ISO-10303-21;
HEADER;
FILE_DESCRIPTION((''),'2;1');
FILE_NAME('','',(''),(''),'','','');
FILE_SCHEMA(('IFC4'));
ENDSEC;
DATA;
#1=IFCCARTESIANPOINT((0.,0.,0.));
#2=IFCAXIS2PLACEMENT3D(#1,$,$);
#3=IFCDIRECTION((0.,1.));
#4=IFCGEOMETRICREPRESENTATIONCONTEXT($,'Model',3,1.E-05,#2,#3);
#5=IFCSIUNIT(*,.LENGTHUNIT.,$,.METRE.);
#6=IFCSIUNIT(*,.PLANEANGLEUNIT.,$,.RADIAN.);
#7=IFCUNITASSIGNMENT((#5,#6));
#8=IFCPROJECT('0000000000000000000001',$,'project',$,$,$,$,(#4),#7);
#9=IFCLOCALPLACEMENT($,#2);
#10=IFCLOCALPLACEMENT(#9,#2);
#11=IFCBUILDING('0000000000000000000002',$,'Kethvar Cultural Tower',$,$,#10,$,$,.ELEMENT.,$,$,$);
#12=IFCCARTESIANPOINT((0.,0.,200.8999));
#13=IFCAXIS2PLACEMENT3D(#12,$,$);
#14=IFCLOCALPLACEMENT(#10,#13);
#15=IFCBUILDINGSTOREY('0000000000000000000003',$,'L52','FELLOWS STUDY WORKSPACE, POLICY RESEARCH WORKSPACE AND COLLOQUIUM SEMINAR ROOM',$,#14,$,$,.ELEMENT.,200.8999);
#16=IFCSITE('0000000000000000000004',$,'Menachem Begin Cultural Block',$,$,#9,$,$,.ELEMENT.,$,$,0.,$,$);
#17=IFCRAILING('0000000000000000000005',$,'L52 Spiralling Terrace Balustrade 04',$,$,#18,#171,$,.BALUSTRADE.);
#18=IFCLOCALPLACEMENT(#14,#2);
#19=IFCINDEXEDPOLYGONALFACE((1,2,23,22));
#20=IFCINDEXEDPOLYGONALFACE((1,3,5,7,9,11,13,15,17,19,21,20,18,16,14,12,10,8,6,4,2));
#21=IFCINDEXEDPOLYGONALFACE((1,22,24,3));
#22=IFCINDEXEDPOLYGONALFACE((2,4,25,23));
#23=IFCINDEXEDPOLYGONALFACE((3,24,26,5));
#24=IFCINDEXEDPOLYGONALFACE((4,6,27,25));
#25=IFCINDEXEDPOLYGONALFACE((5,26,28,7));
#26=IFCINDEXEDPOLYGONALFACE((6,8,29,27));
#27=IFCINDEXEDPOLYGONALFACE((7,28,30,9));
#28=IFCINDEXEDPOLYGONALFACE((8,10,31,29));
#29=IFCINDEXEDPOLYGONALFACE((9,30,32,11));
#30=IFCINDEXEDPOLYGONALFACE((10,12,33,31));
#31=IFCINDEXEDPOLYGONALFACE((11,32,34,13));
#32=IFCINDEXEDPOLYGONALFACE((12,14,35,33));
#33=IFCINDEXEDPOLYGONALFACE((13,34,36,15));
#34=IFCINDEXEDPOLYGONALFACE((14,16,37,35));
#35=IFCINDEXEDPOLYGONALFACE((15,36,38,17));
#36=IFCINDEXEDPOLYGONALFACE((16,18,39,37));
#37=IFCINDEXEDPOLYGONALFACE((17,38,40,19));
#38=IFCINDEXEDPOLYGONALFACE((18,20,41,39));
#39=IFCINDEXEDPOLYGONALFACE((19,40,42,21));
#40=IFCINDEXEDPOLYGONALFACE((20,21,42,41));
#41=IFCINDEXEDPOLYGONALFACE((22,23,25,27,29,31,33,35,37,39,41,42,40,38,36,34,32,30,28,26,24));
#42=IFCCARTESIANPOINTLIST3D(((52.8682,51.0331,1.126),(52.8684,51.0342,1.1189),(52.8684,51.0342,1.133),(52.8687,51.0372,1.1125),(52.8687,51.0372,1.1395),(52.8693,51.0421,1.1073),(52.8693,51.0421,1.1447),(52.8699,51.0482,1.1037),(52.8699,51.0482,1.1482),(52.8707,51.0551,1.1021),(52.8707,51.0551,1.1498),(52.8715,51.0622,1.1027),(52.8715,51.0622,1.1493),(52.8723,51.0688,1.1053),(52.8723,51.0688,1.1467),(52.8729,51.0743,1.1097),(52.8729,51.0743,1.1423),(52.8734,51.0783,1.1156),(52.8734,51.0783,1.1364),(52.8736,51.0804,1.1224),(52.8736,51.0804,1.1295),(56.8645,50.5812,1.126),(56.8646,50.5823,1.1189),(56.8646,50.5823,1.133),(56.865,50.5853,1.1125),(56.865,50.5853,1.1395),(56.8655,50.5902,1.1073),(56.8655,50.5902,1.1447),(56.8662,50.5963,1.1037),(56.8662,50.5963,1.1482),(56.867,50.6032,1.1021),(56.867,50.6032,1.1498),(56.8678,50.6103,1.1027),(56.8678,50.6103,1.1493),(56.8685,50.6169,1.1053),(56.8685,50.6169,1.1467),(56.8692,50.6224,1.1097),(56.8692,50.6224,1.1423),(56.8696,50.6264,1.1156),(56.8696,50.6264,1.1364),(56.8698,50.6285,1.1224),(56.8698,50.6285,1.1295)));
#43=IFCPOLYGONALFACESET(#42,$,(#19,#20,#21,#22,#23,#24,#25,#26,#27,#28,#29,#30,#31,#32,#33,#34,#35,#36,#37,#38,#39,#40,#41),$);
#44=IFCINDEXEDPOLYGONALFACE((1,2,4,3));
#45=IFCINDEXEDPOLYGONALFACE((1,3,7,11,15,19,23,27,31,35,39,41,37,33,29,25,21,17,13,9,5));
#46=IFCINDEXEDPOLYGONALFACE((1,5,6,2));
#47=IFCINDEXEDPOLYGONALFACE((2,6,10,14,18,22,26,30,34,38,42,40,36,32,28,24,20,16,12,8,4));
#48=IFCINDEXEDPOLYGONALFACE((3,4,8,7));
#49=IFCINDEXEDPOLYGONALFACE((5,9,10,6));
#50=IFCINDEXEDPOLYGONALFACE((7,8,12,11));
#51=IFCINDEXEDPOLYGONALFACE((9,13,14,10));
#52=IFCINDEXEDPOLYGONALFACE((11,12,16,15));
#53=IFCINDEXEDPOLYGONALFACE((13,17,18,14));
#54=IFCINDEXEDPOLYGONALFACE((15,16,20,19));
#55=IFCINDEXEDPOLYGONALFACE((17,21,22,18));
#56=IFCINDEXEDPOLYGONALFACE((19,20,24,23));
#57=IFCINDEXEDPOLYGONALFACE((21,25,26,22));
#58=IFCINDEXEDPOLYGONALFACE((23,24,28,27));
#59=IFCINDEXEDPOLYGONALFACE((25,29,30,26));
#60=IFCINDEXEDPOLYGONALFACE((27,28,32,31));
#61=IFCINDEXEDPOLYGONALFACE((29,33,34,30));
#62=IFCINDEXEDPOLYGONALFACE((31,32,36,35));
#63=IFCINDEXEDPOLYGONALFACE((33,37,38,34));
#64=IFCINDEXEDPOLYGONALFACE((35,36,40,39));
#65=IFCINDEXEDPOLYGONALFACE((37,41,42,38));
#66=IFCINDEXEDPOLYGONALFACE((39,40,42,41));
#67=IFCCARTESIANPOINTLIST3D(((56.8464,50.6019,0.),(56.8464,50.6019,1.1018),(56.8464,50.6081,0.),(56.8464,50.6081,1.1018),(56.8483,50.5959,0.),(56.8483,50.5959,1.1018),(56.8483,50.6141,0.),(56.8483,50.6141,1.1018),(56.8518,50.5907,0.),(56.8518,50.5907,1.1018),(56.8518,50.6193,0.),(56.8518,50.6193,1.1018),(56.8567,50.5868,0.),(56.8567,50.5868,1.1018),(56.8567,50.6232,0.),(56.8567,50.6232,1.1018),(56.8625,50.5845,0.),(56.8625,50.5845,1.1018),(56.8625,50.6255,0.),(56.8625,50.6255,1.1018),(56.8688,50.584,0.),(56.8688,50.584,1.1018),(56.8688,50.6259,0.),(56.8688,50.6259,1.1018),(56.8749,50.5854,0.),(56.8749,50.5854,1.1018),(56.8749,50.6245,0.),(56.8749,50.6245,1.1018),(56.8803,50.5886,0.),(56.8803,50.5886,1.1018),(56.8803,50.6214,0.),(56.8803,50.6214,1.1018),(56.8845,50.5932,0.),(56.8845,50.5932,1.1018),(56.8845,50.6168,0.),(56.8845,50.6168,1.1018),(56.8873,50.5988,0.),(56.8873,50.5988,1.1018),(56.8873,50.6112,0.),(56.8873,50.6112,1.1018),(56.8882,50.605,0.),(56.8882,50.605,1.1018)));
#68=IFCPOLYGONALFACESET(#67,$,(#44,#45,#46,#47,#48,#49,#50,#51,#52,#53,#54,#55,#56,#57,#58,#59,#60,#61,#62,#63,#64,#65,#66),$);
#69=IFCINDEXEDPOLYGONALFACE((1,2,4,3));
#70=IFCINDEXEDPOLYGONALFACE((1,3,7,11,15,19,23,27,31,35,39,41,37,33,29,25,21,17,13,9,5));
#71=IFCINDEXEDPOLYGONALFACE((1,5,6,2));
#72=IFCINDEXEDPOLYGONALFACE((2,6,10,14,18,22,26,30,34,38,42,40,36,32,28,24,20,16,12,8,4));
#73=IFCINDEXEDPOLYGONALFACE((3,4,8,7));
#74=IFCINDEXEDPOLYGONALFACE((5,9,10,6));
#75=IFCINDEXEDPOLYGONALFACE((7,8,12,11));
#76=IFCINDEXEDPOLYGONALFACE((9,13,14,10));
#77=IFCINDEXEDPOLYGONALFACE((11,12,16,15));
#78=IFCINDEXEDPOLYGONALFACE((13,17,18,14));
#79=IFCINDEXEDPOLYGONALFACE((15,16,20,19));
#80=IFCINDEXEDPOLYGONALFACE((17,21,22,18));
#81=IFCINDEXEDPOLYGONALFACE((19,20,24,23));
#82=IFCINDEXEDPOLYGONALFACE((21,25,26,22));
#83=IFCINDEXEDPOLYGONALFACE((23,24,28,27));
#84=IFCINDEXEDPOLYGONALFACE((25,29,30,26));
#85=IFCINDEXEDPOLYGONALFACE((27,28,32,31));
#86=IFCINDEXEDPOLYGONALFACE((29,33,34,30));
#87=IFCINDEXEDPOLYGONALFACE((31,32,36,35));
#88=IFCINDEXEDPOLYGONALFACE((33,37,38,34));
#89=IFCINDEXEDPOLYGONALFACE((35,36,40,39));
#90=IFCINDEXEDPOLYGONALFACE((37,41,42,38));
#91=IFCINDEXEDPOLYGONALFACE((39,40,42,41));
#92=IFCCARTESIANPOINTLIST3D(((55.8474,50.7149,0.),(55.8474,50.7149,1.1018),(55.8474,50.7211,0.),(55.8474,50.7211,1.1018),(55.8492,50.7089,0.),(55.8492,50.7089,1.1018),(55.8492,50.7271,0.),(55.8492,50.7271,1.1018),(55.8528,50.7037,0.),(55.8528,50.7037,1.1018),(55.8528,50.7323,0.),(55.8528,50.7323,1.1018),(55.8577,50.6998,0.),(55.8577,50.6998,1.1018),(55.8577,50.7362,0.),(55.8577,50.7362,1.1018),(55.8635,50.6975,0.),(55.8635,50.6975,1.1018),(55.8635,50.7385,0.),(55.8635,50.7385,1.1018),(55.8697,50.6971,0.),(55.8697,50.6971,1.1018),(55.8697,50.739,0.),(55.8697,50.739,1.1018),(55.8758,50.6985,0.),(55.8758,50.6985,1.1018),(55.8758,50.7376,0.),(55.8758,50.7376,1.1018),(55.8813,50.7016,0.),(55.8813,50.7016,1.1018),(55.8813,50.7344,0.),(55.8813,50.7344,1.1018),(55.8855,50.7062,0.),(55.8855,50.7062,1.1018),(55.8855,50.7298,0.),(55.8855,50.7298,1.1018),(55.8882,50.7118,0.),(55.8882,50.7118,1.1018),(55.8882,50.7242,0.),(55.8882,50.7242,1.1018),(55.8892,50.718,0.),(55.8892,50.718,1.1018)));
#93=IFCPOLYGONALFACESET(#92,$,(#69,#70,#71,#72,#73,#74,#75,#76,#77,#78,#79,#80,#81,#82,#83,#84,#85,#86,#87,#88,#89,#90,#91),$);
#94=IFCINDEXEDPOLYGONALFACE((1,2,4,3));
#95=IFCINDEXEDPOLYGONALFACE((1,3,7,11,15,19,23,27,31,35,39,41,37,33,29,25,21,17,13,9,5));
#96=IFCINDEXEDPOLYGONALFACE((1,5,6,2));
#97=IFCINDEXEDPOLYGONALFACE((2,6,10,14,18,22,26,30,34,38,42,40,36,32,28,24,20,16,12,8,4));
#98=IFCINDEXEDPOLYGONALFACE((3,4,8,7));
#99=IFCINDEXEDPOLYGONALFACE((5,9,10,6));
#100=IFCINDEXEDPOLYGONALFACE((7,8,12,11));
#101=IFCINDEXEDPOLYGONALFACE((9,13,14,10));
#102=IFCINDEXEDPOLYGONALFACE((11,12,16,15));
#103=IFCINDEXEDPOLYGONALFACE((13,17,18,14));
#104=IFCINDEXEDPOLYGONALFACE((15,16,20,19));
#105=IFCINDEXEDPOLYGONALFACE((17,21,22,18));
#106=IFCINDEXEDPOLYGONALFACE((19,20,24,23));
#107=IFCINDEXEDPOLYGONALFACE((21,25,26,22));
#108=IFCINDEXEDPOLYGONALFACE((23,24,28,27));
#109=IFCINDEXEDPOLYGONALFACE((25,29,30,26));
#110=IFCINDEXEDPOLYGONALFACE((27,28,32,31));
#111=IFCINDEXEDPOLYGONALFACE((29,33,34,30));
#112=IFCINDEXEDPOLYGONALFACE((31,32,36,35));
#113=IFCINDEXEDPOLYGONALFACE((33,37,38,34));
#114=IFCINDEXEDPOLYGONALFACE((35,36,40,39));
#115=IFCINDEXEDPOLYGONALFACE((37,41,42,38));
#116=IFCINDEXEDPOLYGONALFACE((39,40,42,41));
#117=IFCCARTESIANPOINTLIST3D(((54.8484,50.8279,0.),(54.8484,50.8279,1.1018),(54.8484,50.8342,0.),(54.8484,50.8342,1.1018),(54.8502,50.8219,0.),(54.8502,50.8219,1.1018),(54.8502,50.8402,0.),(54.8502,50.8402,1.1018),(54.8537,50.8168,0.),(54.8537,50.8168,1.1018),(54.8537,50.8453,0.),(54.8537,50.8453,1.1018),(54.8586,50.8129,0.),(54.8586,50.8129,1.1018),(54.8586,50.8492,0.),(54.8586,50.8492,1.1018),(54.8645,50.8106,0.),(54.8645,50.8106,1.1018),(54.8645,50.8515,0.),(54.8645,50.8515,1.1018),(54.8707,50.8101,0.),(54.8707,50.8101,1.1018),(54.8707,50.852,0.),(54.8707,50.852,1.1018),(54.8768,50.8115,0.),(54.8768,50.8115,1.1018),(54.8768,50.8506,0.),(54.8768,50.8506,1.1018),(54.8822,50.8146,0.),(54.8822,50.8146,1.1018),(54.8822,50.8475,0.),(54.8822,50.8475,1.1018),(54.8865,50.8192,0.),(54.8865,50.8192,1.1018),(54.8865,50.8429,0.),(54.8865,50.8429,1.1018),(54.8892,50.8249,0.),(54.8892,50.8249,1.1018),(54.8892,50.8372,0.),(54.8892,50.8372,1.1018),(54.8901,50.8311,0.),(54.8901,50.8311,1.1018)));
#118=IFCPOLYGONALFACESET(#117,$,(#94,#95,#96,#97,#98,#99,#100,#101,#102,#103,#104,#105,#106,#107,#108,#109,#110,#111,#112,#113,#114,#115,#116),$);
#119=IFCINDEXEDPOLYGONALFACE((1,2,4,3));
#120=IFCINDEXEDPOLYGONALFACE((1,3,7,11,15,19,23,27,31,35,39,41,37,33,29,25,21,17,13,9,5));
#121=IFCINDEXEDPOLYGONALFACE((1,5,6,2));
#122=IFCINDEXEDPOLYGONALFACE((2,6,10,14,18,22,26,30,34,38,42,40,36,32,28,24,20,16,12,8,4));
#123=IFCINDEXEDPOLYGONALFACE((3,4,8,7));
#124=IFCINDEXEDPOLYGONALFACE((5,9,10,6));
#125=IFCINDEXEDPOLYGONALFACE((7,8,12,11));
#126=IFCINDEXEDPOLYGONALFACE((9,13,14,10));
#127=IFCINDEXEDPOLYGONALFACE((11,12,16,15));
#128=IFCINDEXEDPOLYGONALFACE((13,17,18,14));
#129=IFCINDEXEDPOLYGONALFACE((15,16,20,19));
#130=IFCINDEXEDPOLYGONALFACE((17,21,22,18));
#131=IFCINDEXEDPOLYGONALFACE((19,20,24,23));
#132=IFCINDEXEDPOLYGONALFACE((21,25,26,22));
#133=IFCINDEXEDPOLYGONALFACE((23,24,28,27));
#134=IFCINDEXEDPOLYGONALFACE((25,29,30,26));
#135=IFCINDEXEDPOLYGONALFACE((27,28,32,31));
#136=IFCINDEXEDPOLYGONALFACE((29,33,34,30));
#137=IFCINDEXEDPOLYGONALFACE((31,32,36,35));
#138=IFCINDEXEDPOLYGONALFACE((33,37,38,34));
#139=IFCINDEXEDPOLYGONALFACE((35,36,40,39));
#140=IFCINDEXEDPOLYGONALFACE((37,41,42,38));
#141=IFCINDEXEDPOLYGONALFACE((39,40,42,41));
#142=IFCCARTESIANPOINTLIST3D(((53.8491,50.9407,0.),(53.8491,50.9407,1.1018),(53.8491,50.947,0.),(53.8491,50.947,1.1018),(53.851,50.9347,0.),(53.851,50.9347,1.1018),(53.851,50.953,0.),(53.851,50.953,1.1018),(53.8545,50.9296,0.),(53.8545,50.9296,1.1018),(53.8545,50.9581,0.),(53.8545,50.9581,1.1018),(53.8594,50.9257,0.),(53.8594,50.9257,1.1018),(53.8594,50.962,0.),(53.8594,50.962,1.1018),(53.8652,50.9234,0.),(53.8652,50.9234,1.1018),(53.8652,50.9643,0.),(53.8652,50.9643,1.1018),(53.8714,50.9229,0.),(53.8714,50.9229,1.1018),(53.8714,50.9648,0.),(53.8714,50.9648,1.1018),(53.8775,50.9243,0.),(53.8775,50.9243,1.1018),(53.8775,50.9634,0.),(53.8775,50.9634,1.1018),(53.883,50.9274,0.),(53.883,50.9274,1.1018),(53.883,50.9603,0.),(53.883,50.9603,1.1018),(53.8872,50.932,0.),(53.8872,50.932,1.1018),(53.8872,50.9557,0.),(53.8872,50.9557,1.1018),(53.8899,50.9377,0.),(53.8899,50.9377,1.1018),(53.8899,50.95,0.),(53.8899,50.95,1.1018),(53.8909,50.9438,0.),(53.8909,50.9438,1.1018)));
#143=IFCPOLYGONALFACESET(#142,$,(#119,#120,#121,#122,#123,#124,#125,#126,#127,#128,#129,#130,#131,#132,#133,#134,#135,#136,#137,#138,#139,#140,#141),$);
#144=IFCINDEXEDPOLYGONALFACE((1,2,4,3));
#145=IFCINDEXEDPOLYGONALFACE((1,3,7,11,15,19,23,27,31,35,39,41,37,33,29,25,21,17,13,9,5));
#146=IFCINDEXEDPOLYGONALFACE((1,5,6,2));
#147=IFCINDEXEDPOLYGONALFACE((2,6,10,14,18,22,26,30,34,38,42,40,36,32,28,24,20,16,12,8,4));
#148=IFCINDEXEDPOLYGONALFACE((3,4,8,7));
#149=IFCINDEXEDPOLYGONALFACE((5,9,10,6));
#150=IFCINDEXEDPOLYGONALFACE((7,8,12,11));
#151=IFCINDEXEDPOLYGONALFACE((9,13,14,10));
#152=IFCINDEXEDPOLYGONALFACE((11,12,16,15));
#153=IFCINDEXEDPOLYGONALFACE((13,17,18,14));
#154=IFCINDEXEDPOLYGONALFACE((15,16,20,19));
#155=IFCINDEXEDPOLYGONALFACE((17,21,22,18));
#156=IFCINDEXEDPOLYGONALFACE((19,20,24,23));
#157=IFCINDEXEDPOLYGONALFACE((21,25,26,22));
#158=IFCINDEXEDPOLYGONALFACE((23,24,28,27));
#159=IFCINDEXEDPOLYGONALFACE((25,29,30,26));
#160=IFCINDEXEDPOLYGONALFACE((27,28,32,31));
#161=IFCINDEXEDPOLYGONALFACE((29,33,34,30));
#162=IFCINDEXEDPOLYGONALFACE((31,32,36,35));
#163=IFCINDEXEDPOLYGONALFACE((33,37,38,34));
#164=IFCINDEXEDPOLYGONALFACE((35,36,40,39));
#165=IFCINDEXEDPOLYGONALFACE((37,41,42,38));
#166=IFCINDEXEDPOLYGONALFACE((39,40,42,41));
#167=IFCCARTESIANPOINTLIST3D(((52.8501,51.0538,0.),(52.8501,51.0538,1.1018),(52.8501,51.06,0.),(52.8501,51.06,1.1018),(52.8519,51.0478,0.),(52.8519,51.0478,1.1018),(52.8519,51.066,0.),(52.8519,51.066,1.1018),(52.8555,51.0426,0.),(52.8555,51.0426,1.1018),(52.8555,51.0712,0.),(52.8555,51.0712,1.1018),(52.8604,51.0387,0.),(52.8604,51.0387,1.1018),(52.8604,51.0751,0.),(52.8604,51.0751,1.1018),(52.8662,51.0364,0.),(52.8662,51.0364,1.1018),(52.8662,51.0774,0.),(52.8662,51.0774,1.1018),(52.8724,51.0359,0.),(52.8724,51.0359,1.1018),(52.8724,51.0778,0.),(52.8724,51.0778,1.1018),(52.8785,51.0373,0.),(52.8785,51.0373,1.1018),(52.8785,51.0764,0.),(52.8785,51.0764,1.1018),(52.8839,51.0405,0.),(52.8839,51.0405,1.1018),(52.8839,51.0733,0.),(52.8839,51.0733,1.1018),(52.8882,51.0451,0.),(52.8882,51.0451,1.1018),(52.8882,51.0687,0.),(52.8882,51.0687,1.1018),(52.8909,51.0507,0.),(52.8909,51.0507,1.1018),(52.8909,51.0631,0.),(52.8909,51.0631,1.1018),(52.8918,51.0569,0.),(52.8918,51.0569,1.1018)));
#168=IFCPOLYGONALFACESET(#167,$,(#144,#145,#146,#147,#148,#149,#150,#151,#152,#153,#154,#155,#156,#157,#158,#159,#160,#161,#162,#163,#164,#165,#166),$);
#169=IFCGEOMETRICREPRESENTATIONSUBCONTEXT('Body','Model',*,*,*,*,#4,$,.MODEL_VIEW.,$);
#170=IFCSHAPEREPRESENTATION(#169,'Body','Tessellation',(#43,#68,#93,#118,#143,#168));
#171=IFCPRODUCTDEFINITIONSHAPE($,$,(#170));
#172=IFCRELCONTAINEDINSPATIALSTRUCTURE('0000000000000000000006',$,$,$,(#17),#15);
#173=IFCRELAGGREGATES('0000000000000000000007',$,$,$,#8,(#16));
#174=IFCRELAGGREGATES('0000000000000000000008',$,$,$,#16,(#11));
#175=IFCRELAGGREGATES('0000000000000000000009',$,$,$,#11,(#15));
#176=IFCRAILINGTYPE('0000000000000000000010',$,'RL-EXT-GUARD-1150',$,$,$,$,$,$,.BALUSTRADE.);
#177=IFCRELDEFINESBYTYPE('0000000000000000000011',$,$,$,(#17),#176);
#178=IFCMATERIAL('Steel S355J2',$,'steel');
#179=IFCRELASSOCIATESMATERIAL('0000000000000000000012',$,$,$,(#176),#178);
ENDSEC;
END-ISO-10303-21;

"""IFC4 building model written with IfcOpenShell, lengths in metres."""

from ifc_helpers import new_model, si_unit, direction, frame, origin, origin_2d, place, context, subcontext, project, spatial, circle, extrude, material, type_object, element, save


model = new_model("IFC4")

# Units and contexts
model_context = context("Model", 3, precision=1e-05, world=origin(), true_north=direction((0.0, 1.0)))
body_context = subcontext(model_context, "Body", "Model", "MODEL_VIEW")
ifc_project = project(units=[si_unit("LENGTHUNIT", "METRE"), si_unit("PLANEANGLEUNIT", "RADIAN")], contexts=[model_context])

# Site, building, storey
site_placement = place(None, origin())
site = spatial("IfcSite", under=ifc_project, at=site_placement, Name="Menachem Begin Cultural Block", CompositionType="ELEMENT", RefElevation=0.0)
building_placement = place(site_placement, origin())
building = spatial("IfcBuilding", under=site, at=building_placement, Name="Kethvar Cultural Tower", CompositionType="ELEMENT")
storey_placement = place(building_placement, frame((0.0, 0.0, 200.8999)))
storey = spatial("IfcBuildingStorey", under=building, at=storey_placement, Name="L52", Description="FELLOWS STUDY WORKSPACE, POLICY RESEARCH WORKSPACE AND COLLOQUIUM SEMINAR ROOM", CompositionType="ELEMENT", Elevation=200.8999)

# Shared definitions
ifc_material_1 = material(Name="Steel S355J2", Category="steel")

# Railing
railing_type = type_object("IfcRailingType", Name="RL-EXT-GUARD-1150", PredefinedType="BALUSTRADE", material=ifc_material_1)
railing_1_placement = place(storey_placement, frame((56.8672, 50.605, 0.0)))
element("IfcRailing", 1, at=railing_1_placement, inside=storey, type_object=railing_type, Name="L52 Spiralling Terrace Balustrade 04", PredefinedType="BALUSTRADE", context=body_context, shape_type="SweptSolid", body=[
    extrude(circle(Radius=0.0239, at=origin_2d()), frame((0.0, 0.0, 1.126), z_axis=(-0.993667, 0.112363, 0.0), x_axis=(-0.112363, -0.993667, 0.0)), (0.0, 0.0, 1.0), 4.0217),
    extrude(circle(Radius=0.021, at=origin_2d()), origin(), (0.0, 0.0, 1.0), 1.1018),
    extrude(circle(Radius=0.021, at=origin_2d()), frame((-0.999, 0.113, 0.0)), (0.0, 0.0, 1.0), 1.1018),
    extrude(circle(Radius=0.021, at=origin_2d()), frame((-1.998, 0.2261, 0.0)), (0.0, 0.0, 1.0), 1.1018),
    extrude(circle(Radius=0.021, at=origin_2d()), frame((-2.9973, 0.3389, 0.0)), (0.0, 0.0, 1.0), 1.1018),
    extrude(circle(Radius=0.021, at=origin_2d()), frame((-3.9963, 0.4519, 0.0)), (0.0, 0.0, 1.0), 1.1018),
])

save(model, "model.ifc")
